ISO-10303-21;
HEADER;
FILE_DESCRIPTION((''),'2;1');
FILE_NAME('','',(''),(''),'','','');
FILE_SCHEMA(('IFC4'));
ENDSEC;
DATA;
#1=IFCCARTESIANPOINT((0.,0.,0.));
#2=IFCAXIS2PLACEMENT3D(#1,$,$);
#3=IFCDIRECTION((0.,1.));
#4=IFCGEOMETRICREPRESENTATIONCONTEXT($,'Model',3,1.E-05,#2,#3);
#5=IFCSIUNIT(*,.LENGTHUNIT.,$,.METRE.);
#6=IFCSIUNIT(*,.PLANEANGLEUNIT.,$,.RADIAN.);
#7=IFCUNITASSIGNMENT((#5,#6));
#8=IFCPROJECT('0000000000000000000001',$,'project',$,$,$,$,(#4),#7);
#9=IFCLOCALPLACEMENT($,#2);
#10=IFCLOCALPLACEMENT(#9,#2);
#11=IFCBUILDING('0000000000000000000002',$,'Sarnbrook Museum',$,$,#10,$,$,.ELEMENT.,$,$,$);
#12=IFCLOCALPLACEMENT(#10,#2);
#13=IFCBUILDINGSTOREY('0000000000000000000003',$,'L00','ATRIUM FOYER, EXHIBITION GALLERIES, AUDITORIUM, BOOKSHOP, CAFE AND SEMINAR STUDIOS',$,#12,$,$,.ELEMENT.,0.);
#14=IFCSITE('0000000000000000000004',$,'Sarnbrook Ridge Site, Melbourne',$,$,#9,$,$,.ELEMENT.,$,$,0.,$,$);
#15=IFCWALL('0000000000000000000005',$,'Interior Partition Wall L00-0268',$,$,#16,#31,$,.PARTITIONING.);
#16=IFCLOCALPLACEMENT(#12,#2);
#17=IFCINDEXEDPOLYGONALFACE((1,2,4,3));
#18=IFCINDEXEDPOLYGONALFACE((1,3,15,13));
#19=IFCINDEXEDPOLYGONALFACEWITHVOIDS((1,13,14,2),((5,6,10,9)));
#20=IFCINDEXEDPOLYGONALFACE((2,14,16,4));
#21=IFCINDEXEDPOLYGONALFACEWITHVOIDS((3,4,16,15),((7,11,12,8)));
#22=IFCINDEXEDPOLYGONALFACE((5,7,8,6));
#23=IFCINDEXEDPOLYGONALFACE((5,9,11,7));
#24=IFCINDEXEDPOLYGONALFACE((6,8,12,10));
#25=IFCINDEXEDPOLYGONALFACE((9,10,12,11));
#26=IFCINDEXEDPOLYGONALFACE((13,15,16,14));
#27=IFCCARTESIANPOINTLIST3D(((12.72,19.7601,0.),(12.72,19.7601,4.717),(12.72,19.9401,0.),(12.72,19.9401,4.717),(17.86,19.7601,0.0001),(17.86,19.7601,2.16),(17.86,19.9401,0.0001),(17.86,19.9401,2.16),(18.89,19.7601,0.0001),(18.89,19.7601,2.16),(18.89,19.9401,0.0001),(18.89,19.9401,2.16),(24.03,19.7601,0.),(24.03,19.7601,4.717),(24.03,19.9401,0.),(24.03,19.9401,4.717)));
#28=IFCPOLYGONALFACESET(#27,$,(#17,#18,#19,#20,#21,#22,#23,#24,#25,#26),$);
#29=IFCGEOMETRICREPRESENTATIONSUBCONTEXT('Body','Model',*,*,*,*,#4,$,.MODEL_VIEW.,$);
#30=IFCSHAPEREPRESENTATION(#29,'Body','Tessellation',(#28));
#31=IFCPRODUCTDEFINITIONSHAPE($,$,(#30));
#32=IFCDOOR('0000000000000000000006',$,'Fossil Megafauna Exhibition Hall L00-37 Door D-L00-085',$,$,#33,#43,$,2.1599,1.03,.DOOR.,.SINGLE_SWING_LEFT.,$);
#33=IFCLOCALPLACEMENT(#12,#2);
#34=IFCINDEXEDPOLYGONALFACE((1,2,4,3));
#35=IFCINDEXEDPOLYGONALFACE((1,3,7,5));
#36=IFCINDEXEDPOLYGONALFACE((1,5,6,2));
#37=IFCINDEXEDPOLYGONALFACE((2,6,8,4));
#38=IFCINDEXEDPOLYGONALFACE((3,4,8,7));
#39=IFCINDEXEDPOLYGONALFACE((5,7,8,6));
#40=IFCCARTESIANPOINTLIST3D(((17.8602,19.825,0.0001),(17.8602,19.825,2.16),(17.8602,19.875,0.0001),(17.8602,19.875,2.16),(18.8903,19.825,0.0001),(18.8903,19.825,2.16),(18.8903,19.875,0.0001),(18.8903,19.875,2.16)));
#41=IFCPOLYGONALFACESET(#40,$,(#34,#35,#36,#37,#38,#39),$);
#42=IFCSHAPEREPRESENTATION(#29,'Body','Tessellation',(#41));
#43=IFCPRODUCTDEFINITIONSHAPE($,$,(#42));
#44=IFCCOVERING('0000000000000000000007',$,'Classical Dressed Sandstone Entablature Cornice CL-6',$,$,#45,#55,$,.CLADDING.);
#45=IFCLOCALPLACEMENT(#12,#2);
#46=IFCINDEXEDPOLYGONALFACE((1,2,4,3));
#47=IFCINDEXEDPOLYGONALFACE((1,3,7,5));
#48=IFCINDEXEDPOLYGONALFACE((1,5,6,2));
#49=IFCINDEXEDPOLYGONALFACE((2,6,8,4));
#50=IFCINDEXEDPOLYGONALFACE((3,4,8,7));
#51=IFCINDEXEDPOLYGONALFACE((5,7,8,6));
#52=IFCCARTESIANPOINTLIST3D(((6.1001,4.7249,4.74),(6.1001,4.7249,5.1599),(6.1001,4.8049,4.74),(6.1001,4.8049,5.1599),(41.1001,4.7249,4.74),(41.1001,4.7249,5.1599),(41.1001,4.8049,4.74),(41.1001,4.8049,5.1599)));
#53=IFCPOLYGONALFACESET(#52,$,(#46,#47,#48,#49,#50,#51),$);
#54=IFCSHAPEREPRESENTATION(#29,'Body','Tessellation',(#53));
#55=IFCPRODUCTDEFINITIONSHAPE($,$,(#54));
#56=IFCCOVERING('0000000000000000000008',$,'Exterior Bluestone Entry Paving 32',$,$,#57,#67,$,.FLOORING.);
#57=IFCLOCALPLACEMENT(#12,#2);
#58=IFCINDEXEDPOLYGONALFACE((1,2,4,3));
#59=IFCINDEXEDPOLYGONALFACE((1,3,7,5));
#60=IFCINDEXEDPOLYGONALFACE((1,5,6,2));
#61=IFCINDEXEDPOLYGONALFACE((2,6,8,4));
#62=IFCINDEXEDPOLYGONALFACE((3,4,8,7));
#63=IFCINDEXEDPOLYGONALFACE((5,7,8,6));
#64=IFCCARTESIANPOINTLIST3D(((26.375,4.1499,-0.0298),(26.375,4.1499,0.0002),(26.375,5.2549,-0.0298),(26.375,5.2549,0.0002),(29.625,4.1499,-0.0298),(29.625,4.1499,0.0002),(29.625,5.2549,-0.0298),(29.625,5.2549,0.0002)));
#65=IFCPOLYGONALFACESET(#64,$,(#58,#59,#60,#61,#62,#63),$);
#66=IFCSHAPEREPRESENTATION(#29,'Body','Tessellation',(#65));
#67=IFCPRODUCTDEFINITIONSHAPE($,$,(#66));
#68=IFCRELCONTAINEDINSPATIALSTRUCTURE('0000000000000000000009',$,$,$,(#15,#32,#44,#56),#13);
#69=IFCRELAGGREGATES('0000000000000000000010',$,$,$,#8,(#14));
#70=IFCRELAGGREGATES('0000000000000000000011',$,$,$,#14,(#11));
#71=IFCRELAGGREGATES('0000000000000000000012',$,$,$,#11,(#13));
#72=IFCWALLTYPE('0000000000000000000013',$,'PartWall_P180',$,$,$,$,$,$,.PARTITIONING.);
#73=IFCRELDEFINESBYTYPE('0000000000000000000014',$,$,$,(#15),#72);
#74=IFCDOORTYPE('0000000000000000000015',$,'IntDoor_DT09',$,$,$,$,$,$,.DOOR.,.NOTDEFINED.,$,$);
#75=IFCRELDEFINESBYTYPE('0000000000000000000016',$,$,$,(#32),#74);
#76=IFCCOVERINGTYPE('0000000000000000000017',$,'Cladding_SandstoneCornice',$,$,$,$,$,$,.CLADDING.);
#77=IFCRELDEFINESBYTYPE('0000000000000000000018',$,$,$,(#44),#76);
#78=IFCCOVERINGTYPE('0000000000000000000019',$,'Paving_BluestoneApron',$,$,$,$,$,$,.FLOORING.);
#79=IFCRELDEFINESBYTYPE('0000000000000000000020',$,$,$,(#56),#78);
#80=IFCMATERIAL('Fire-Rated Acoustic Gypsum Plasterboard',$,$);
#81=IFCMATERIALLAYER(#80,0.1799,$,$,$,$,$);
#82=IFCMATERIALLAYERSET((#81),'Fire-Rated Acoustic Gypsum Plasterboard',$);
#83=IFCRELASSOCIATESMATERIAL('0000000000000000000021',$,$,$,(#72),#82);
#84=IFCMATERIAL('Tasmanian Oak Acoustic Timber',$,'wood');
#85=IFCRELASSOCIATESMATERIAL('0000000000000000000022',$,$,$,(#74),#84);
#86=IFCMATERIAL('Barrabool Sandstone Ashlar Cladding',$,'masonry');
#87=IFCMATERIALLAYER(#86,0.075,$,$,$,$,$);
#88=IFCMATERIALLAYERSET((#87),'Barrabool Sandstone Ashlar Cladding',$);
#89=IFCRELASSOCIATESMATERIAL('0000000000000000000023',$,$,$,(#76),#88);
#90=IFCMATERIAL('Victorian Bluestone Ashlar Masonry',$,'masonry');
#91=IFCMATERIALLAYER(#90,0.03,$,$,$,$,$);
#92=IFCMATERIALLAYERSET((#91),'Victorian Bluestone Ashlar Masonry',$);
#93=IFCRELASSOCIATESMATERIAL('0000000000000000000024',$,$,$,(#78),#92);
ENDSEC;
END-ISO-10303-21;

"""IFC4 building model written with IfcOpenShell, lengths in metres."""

from ifc_helpers import new_model, si_unit, direction, frame, frame_2d, origin, origin_2d, place, context, subcontext, project, spatial, rectangle, extrude, material, layer, layer_set, type_object, element, fill, save


model = new_model("IFC4")

# Units and contexts
model_context = context("Model", 3, precision=1e-05, world=origin(), true_north=direction((0.0, 1.0)))
body_context = subcontext(model_context, "Body", "Model", "MODEL_VIEW")
ifc_project = project(units=[si_unit("LENGTHUNIT", "METRE"), si_unit("PLANEANGLEUNIT", "RADIAN")], contexts=[model_context])

# Site, building, storey
site_placement = place(None, origin())
site = spatial("IfcSite", under=ifc_project, at=site_placement, Name="Sarnbrook Ridge Site, Melbourne", CompositionType="ELEMENT", RefElevation=0.0)
building_placement = place(site_placement, origin())
building = spatial("IfcBuilding", under=site, at=building_placement, Name="Sarnbrook Museum", CompositionType="ELEMENT")
storey_placement = place(building_placement, origin())
storey = spatial("IfcBuildingStorey", under=building, at=storey_placement, Name="L00", Description="ATRIUM FOYER, EXHIBITION GALLERIES, AUDITORIUM, BOOKSHOP, CAFE AND SEMINAR STUDIOS", CompositionType="ELEMENT", Elevation=0.0)

# Shared definitions
ifc_material_1 = material(Name="Fire-Rated Acoustic Gypsum Plasterboard")
ifc_material_2 = material(Name="Tasmanian Oak Acoustic Timber", Category="wood")

# Wall, opening, door
ifc_layer_1 = layer(ifc_material_1, 0.1799)
ifc_layer_set_1 = layer_set([ifc_layer_1], Name="Fire-Rated Acoustic Gypsum Plasterboard")
wall_type_1 = type_object("IfcWallType", Name="PartWall_P180", PredefinedType="PARTITIONING", material=ifc_layer_set_1)
wall_1_placement = place(storey_placement, frame((24.03, 19.8501, 0.0), z_axis=(0.0, 0.0, 1.0), x_axis=(-1.0, 0.0, 0.0)))
wall_1 = element("IfcWall", 1, at=wall_1_placement, inside=storey, type_object=wall_type_1, Name="Interior Partition Wall L00-0268", PredefinedType="PARTITIONING", context=body_context, shape_type="SweptSolid", body=[
    extrude(rectangle(XDim=11.3101, YDim=0.1799, at=frame_2d((5.655, 0.0))), origin(), (0.0, 0.0, 1.0), 4.717),
])
opening_1_placement = place(wall_1_placement, frame((5.1399, 0.0, 0.0)))
opening_1 = element("IfcOpeningElement", 2, at=opening_1_placement, cuts=wall_1, PredefinedType="OPENING", context=body_context, shape_type="SweptSolid", body=[
    extrude(rectangle(XDim=1.03, YDim=2.1599, at=frame_2d((0.5151, 1.0801))), frame((0.0, 0.1001, 0.0), z_axis=(0.0, -1.0, 0.0), x_axis=(1.0, 0.0, 0.0)), (0.0, 0.0, 1.0), 0.2),
])
door_type_1 = type_object("IfcDoorType", Name="IntDoor_DT09", OperationType="NOTDEFINED", PredefinedType="DOOR", material=ifc_material_2)
door_1_placement = place(opening_1_placement, frame((1.03, 0.0, 0.0), z_axis=(0.0, 0.0, 1.0), x_axis=(-1.0, 0.0, 0.0)))
door_1 = element("IfcDoor", 3, at=door_1_placement, inside=storey, type_object=door_type_1, Name="Fossil Megafauna Exhibition Hall L00-37 Door D-L00-085", OperationType="SINGLE_SWING_LEFT", OverallHeight=2.1599, OverallWidth=1.03, PredefinedType="DOOR", context=body_context, shape_type="SweptSolid", body=[
    extrude(rectangle(XDim=1.03, YDim=2.1599, at=frame_2d((0.5151, 1.0801))), frame((0.0, 0.0249, 0.0), z_axis=(0.0, -1.0, 0.0), x_axis=(1.0, 0.0, 0.0)), (0.0, 0.0, 1.0), 0.05),
])
fill(opening_1, door_1)

# Coverings
ifc_material_3 = material(Name="Barrabool Sandstone Ashlar Cladding", Category="masonry")
ifc_layer_2 = layer(ifc_material_3, 0.075)
ifc_layer_set_2 = layer_set([ifc_layer_2], Name="Barrabool Sandstone Ashlar Cladding")
covering_type_1 = type_object("IfcCoveringType", Name="Cladding_SandstoneCornice", PredefinedType="CLADDING", material=ifc_layer_set_2)
covering_1_placement = place(storey_placement, frame((23.6001, 4.7649, 4.74), z_axis=(0.0, 0.0, 1.0), x_axis=(1.0, 0.0, 0.0)))
element("IfcCovering", 4, at=covering_1_placement, inside=storey, type_object=covering_type_1, Name="Classical Dressed Sandstone Entablature Cornice CL-6", PredefinedType="CLADDING", context=body_context, shape_type="SweptSolid", body=[
    extrude(rectangle(XDim=35.0, YDim=0.0801, at=origin_2d()), origin(), (0.0, 0.0, 1.0), 0.4199),
])
ifc_material_4 = material(Name="Victorian Bluestone Ashlar Masonry", Category="masonry")
ifc_layer_3 = layer(ifc_material_4, 0.03)
ifc_layer_set_3 = layer_set([ifc_layer_3], Name="Victorian Bluestone Ashlar Masonry")
covering_type_2 = type_object("IfcCoveringType", Name="Paving_BluestoneApron", PredefinedType="FLOORING", material=ifc_layer_set_3)
covering_2_placement = place(storey_placement, frame((28.0, 4.7024, -0.0298), z_axis=(0.0, 0.0, 1.0), x_axis=(1.0, 0.0, 0.0)))
element("IfcCovering", 5, at=covering_2_placement, inside=storey, type_object=covering_type_2, Name="Exterior Bluestone Entry Paving 32", PredefinedType="FLOORING", context=body_context, shape_type="SweptSolid", body=[
    extrude(rectangle(XDim=3.25, YDim=1.105, at=origin_2d()), origin(), (0.0, 0.0, 1.0), 0.03),
])

save(model, "model.ifc")
